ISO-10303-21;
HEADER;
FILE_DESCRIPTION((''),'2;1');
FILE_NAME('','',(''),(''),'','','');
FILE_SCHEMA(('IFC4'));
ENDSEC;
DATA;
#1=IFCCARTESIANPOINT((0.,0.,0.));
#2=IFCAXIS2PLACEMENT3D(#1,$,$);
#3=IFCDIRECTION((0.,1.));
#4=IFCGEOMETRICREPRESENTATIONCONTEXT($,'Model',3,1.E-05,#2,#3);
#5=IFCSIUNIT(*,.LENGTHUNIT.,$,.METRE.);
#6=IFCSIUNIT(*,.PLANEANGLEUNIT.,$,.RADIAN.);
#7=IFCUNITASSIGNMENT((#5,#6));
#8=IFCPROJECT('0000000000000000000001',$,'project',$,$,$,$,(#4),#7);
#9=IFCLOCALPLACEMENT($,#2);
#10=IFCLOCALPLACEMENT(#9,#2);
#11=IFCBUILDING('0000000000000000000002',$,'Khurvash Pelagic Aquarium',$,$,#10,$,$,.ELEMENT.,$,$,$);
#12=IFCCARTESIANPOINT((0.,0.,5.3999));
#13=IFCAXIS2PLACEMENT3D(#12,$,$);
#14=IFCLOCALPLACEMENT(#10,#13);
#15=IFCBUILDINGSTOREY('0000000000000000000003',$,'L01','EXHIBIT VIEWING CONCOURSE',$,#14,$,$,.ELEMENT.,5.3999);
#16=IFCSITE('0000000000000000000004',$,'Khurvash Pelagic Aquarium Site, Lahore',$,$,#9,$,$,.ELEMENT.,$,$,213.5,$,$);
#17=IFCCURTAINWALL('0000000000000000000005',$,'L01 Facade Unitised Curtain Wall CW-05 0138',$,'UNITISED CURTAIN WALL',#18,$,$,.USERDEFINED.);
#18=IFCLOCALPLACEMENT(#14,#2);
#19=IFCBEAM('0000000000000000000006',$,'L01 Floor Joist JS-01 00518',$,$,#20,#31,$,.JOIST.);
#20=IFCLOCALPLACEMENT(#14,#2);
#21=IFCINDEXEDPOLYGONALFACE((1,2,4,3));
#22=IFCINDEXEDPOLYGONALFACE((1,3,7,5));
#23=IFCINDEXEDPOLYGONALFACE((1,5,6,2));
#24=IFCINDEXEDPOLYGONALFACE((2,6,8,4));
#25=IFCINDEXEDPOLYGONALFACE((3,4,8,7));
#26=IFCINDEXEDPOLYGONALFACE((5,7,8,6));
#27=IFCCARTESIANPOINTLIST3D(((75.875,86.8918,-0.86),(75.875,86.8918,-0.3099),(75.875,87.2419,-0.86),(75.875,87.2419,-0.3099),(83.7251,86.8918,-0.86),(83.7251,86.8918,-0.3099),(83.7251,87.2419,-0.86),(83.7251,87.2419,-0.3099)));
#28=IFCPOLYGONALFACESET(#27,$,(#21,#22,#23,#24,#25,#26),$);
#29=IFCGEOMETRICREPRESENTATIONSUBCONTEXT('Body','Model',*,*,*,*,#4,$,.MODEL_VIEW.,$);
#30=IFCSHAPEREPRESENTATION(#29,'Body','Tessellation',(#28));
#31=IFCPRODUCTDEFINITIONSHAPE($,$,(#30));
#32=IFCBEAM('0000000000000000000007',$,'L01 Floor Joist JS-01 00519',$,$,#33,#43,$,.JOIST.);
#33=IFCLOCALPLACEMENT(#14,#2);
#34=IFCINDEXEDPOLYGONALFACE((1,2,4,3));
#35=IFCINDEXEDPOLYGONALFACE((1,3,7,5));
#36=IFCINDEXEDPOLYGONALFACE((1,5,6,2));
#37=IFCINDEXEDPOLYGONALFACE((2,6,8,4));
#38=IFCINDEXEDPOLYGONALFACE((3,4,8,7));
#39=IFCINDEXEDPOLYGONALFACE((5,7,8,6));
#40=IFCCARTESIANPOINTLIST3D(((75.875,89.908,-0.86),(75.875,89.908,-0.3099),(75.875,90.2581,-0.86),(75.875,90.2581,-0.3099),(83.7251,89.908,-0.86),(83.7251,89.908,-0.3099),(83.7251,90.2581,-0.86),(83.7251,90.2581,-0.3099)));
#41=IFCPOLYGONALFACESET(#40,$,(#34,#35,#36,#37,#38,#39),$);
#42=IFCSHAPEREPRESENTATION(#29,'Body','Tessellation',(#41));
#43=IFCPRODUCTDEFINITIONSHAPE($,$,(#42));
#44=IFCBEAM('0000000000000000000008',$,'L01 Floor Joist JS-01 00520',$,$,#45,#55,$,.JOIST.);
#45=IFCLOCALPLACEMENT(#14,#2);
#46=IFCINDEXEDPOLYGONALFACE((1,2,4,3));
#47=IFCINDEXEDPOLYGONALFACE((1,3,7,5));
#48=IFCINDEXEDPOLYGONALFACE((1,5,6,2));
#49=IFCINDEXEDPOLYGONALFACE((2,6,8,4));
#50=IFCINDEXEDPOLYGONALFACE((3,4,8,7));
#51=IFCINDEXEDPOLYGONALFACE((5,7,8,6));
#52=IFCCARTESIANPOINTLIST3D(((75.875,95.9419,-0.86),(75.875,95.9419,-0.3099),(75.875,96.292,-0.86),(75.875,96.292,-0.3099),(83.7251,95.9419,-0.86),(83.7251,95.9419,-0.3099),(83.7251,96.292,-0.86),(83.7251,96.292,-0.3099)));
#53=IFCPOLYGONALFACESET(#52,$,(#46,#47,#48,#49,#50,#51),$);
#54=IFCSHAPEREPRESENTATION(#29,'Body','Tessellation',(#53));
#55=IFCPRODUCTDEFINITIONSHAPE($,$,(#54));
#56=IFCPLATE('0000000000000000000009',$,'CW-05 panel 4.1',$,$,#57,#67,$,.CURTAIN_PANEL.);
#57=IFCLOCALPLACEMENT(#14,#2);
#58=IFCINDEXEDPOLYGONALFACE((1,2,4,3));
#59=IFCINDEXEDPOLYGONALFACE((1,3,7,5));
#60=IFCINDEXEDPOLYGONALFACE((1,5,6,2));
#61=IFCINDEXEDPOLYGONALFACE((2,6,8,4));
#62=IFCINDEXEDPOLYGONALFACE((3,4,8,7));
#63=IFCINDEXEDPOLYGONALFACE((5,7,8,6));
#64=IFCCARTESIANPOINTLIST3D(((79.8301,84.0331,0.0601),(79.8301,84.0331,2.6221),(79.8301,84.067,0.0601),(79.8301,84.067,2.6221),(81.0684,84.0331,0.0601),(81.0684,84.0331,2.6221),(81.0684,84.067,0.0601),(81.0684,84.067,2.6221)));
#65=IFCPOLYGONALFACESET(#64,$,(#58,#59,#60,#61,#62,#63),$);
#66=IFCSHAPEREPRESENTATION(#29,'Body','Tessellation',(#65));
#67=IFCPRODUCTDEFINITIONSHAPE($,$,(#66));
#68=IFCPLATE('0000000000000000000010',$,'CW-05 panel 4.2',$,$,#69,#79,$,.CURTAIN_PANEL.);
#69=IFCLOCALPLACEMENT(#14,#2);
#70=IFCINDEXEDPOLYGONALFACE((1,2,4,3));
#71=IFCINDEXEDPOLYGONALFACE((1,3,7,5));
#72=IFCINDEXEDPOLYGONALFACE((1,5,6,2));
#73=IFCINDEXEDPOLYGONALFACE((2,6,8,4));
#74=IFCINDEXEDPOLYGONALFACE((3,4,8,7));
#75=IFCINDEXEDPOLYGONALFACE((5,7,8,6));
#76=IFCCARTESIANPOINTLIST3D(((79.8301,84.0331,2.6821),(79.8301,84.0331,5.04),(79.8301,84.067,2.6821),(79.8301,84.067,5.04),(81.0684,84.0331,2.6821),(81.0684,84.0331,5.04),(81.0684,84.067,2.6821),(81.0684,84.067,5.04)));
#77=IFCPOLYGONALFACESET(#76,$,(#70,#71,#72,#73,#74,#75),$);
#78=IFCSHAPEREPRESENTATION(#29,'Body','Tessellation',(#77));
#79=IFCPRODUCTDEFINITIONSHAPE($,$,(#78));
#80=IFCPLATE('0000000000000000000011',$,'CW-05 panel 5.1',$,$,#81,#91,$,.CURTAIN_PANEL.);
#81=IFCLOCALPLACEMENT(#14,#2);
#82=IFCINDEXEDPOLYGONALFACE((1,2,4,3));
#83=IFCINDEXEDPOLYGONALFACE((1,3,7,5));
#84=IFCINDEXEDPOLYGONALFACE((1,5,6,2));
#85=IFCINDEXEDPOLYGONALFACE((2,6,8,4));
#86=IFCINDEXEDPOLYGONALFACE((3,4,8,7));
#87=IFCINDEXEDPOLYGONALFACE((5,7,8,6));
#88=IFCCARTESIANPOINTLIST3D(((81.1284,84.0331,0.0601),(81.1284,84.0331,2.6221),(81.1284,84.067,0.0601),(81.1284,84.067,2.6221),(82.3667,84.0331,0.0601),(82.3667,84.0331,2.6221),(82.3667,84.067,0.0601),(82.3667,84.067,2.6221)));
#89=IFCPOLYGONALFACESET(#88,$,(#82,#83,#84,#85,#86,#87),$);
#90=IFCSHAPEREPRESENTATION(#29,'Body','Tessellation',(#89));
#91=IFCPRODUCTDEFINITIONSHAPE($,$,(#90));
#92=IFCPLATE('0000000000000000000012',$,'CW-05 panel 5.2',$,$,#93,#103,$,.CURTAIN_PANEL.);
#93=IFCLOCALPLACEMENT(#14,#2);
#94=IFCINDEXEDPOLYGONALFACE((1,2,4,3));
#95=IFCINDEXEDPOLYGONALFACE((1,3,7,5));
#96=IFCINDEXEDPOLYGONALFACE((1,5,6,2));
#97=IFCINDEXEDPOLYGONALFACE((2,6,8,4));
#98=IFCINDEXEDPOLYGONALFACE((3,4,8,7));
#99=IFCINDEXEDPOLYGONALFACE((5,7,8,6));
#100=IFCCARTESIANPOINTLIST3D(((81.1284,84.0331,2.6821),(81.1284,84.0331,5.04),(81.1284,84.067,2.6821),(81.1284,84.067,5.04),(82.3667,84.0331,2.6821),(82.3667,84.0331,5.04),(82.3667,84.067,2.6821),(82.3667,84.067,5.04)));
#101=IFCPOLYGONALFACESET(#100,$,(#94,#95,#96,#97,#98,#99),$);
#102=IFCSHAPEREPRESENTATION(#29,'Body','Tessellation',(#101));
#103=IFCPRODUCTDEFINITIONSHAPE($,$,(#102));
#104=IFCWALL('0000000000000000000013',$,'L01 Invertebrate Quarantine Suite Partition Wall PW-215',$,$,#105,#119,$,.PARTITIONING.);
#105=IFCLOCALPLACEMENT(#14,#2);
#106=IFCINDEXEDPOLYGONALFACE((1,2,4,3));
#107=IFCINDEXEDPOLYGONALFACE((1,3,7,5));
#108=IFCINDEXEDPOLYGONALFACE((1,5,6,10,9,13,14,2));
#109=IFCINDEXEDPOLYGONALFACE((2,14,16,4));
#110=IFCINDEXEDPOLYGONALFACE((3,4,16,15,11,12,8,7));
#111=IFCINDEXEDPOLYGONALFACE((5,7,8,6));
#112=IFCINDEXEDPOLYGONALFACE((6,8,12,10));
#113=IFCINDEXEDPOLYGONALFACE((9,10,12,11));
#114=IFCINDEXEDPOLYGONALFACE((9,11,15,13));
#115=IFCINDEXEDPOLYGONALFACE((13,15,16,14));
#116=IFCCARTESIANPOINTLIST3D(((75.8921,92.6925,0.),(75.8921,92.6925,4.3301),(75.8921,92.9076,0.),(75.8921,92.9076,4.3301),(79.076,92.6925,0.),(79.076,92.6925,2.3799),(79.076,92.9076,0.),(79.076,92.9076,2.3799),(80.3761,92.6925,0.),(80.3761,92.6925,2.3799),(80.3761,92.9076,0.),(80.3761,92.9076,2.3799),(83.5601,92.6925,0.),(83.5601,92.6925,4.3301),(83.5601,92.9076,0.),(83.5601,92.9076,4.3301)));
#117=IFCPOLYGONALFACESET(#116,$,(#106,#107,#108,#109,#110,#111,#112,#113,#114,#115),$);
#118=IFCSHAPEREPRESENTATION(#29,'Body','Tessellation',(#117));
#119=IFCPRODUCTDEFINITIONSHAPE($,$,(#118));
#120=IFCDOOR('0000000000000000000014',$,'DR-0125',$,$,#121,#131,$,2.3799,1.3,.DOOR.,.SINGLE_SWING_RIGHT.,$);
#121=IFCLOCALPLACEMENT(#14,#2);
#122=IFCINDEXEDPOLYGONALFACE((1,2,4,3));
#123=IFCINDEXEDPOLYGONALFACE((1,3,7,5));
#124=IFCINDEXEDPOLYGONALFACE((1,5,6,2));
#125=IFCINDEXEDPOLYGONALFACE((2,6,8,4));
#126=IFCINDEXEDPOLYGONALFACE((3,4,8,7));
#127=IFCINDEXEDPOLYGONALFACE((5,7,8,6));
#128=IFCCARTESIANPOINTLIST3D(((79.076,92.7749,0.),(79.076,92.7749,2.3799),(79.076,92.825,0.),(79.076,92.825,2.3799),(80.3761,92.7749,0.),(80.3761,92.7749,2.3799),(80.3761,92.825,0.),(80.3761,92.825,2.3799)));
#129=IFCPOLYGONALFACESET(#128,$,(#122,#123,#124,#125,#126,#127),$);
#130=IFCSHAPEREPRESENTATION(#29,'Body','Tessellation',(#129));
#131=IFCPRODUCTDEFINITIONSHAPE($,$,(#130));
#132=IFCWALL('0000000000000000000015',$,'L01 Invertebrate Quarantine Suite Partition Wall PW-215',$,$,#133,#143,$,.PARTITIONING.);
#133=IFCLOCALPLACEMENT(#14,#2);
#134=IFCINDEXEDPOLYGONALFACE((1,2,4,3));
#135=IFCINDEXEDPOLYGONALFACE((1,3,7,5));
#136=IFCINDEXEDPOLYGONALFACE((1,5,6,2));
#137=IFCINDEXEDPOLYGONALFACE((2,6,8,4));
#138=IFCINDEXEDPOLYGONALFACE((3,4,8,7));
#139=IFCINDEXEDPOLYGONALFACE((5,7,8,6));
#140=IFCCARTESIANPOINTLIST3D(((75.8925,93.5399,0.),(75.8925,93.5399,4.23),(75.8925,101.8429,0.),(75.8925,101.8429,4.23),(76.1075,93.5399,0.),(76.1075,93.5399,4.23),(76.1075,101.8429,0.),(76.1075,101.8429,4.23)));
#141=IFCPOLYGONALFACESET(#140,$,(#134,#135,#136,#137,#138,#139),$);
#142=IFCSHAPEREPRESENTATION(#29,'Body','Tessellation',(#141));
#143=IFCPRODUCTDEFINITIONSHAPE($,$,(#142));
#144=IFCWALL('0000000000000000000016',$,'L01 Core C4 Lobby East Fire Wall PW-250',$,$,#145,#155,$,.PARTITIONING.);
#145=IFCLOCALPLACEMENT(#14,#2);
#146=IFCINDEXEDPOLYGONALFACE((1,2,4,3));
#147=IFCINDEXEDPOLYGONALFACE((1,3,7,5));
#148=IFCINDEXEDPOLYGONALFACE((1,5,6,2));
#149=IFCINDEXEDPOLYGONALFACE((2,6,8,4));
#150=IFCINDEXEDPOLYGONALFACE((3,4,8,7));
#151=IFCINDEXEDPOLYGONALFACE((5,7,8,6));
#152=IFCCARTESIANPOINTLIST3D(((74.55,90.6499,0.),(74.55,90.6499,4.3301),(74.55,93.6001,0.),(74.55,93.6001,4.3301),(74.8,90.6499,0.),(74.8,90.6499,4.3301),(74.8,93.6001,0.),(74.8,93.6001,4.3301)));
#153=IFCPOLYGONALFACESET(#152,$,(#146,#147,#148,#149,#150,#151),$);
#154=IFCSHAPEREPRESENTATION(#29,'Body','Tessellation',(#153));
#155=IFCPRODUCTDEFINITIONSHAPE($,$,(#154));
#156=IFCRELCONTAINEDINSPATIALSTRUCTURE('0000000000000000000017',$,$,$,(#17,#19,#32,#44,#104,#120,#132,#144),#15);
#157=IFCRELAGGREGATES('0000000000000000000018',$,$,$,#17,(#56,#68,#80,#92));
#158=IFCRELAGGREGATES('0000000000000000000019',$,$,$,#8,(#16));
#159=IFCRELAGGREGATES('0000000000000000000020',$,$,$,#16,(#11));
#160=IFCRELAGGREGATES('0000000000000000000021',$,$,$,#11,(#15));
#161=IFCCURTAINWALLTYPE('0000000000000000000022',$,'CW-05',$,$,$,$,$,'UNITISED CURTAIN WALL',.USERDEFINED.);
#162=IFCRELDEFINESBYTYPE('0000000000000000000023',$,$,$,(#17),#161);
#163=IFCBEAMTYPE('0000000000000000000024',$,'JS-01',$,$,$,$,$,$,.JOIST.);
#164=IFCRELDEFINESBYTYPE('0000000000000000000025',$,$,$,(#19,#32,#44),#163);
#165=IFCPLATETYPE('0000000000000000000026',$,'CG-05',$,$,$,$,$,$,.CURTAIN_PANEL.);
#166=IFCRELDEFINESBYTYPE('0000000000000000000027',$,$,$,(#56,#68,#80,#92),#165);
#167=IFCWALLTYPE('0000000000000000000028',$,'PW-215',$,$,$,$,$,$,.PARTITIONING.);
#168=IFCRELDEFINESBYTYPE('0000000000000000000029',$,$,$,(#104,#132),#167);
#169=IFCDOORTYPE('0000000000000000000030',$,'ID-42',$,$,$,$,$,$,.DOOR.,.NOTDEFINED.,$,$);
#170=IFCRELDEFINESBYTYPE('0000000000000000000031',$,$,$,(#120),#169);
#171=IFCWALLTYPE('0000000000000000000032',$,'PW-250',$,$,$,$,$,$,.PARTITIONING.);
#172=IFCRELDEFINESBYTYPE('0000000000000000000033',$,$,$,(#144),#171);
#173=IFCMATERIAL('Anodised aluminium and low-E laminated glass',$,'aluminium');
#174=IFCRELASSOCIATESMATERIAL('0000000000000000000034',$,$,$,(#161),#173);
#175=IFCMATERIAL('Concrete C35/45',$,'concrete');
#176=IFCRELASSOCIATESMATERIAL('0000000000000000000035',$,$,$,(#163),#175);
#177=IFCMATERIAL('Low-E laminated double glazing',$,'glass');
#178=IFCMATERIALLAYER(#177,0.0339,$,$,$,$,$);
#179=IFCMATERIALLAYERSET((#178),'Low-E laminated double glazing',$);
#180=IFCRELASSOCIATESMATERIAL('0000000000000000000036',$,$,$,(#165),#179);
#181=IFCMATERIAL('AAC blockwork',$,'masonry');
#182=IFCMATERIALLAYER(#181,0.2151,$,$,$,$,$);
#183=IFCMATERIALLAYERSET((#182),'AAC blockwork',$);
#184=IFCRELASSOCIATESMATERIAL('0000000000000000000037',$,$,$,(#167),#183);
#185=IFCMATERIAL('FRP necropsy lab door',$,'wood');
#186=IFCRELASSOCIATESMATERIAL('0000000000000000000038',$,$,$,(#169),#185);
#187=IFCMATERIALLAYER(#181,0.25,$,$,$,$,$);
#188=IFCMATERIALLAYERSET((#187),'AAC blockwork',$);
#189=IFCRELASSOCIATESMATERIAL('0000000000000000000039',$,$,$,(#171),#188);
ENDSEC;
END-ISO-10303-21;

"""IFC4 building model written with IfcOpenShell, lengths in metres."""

from ifc_helpers import new_model, si_unit, direction, frame, frame_2d, origin, origin_2d, place, context, subcontext, project, spatial, rectangle, extrude, material, layer, layer_set, material_profile, profile_set, type_object, element, fill, aggregate, save


model = new_model("IFC4")

# Units and contexts
model_context = context("Model", 3, precision=1e-05, world=origin(), true_north=direction((0.0, 1.0)))
body_context = subcontext(model_context, "Body", "Model", "MODEL_VIEW")
ifc_project = project(units=[si_unit("LENGTHUNIT", "METRE"), si_unit("PLANEANGLEUNIT", "RADIAN")], contexts=[model_context])

# Site, building, storey
site_placement = place(None, origin())
site = spatial("IfcSite", under=ifc_project, at=site_placement, Name="Khurvash Pelagic Aquarium Site, Lahore", CompositionType="ELEMENT", RefElevation=213.5)
building_placement = place(site_placement, origin())
building = spatial("IfcBuilding", under=site, at=building_placement, Name="Khurvash Pelagic Aquarium", CompositionType="ELEMENT")
storey_placement = place(building_placement, frame((0.0, 0.0, 5.3999)))
storey = spatial("IfcBuildingStorey", under=building, at=storey_placement, Name="L01", Description="EXHIBIT VIEWING CONCOURSE", CompositionType="ELEMENT", Elevation=5.3999)

# Curtain wall
ifc_material_1 = material(Name="Anodised aluminium and low-E laminated glass", Category="aluminium")
curtain_wall_type = type_object("IfcCurtainWallType", Name="CW-05", ElementType="UNITISED CURTAIN WALL", PredefinedType="USERDEFINED", material=ifc_material_1)
curtain_wall_placement = place(storey_placement, origin())
curtain_wall = element("IfcCurtainWall", 1, at=curtain_wall_placement, inside=storey, type_object=curtain_wall_type, Name="L01 Facade Unitised Curtain Wall CW-05 0138", ObjectType="UNITISED CURTAIN WALL", PredefinedType="USERDEFINED")

# Beams
ifc_material_2 = material(Name="Concrete C35/45", Category="concrete")
ifc_material_profile_1 = material_profile(ifc_material_2, rectangle(XDim=0.3501, YDim=0.55, at=origin_2d()), Name="RC350X550")
ifc_profile_set_1 = profile_set([ifc_material_profile_1], Name="Concrete C35/45")
beam_type_1 = type_object("IfcBeamType", Name="JS-01", PredefinedType="JOIST", material=ifc_profile_set_1)
for number, where, z_axis, x_axis, name in (
    (2, (75.875, 87.0669, -0.585), (1.0, 0.0, 0.0), (0.0, 1.0, 0.0), "L01 Floor Joist JS-01 00518"),
    (3, (75.875, 90.083, -0.585), (1.0, 0.0, 0.0), (0.0, 1.0, 0.0), "L01 Floor Joist JS-01 00519"),
    (4, (75.875, 96.1169, -0.585), (1.0, 0.0, 0.0), (0.0, 1.0, 0.0), "L01 Floor Joist JS-01 00520"),
):
    element("IfcBeam", number, at=place(storey_placement, frame(where, z_axis=z_axis, x_axis=x_axis)), inside=storey, type_object=beam_type_1, Name=name, PredefinedType="JOIST", context=body_context, shape_type="SweptSolid", body=[
        extrude(rectangle(XDim=0.3501, YDim=0.55, at=origin_2d()), origin(), (0.0, 0.0, 1.0), 7.8501),
    ])

# Plates
ifc_material_3 = material(Name="Low-E laminated double glazing", Category="glass")
ifc_layer_1 = layer(ifc_material_3, 0.0339)
ifc_layer_set_1 = layer_set([ifc_layer_1], Name="Low-E laminated double glazing")
plate_type = type_object("IfcPlateType", Name="CG-05", PredefinedType="CURTAIN_PANEL", material=ifc_layer_set_1)
plate_1_placement = place(storey_placement, frame((80.4492, 84.05, 0.0601), z_axis=(0.0, 0.0, 1.0), x_axis=(1.0, 0.0, 0.0)))
plate_1 = element("IfcPlate", 5, at=plate_1_placement, type_object=plate_type, Name="CW-05 panel 4.1", PredefinedType="CURTAIN_PANEL", context=body_context, shape_type="SweptSolid", body=[
    extrude(rectangle(XDim=1.2383, YDim=0.0339, at=origin_2d()), origin(), (0.0, 0.0, 1.0), 2.562),
])
plate_2_placement = place(storey_placement, frame((80.4492, 84.05, 2.6821), z_axis=(0.0, 0.0, 1.0), x_axis=(1.0, 0.0, 0.0)))
plate_2 = element("IfcPlate", 6, at=plate_2_placement, type_object=plate_type, Name="CW-05 panel 4.2", PredefinedType="CURTAIN_PANEL", context=body_context, shape_type="SweptSolid", body=[
    extrude(rectangle(XDim=1.2383, YDim=0.0339, at=origin_2d()), origin(), (0.0, 0.0, 1.0), 2.3579),
])
plate_3_placement = place(storey_placement, frame((81.7476, 84.05, 0.0601), z_axis=(0.0, 0.0, 1.0), x_axis=(1.0, 0.0, 0.0)))
plate_3 = element("IfcPlate", 7, at=plate_3_placement, type_object=plate_type, Name="CW-05 panel 5.1", PredefinedType="CURTAIN_PANEL", context=body_context, shape_type="SweptSolid", body=[
    extrude(rectangle(XDim=1.2383, YDim=0.0339, at=origin_2d()), origin(), (0.0, 0.0, 1.0), 2.562),
])
plate_4_placement = place(storey_placement, frame((81.7476, 84.05, 2.6821), z_axis=(0.0, 0.0, 1.0), x_axis=(1.0, 0.0, 0.0)))
plate_4 = element("IfcPlate", 8, at=plate_4_placement, type_object=plate_type, Name="CW-05 panel 5.2", PredefinedType="CURTAIN_PANEL", context=body_context, shape_type="SweptSolid", body=[
    extrude(rectangle(XDim=1.2383, YDim=0.0339, at=origin_2d()), origin(), (0.0, 0.0, 1.0), 2.3579),
])
aggregate(curtain_wall, [plate_1, plate_2, plate_3, plate_4])

# Wall, opening, door
ifc_material_4 = material(Name="AAC blockwork", Category="masonry")
ifc_layer_2 = layer(ifc_material_4, 0.2151)
ifc_layer_set_2 = layer_set([ifc_layer_2], Name="AAC blockwork")
wall_type_1 = type_object("IfcWallType", Name="PW-215", PredefinedType="PARTITIONING", material=ifc_layer_set_2)
wall_1_placement = place(storey_placement, frame((75.8921, 92.8, 0.0), z_axis=(0.0, 0.0, 1.0), x_axis=(1.0, 0.0, 0.0)))
wall_1 = element("IfcWall", 9, at=wall_1_placement, inside=storey, type_object=wall_type_1, Name="L01 Invertebrate Quarantine Suite Partition Wall PW-215", PredefinedType="PARTITIONING", context=body_context, shape_type="SweptSolid", body=[
    extrude(rectangle(XDim=7.668, YDim=0.2151, at=frame_2d((3.834, 0.0))), origin(), (0.0, 0.0, 1.0), 4.3301),
])
opening_placement = place(wall_1_placement, frame((3.1841, 0.0, 0.0)))
opening = element("IfcOpeningElement", 10, at=opening_placement, cuts=wall_1, PredefinedType="OPENING", context=body_context, shape_type="SweptSolid", body=[
    extrude(rectangle(XDim=1.3, YDim=2.3799, at=frame_2d((0.6499, 1.1899))), frame((0.0, 0.1177, 0.0), z_axis=(0.0, -1.0, 0.0), x_axis=(1.0, 0.0, 0.0)), (0.0, 0.0, 1.0), 0.2351),
])
ifc_material_5 = material(Name="FRP necropsy lab door", Category="wood")
door_type = type_object("IfcDoorType", Name="ID-42", OperationType="NOTDEFINED", PredefinedType="DOOR", material=ifc_material_5)
door_placement = place(opening_placement, origin())
door = element("IfcDoor", 11, at=door_placement, inside=storey, type_object=door_type, Name="DR-0125", OperationType="SINGLE_SWING_RIGHT", OverallHeight=2.3799, OverallWidth=1.3, PredefinedType="DOOR", context=body_context, shape_type="SweptSolid", body=[
    extrude(rectangle(XDim=1.3, YDim=2.3799, at=frame_2d((0.6499, 1.1899))), frame((0.0, 0.0249, 0.0), z_axis=(0.0, -1.0, 0.0), x_axis=(1.0, 0.0, 0.0)), (0.0, 0.0, 1.0), 0.05),
])
fill(opening, door)

# Walls
wall_2_placement = place(storey_placement, frame((76.0, 93.54, 0.0), z_axis=(0.0, 0.0, 1.0), x_axis=(0.0, 1.0, 0.0)))
element("IfcWall", 12, at=wall_2_placement, inside=storey, type_object=wall_type_1, Name="L01 Invertebrate Quarantine Suite Partition Wall PW-215", PredefinedType="PARTITIONING", context=body_context, shape_type="SweptSolid", body=[
    extrude(rectangle(XDim=8.303, YDim=0.2151, at=frame_2d((4.1514, 0.0))), origin(), (0.0, 0.0, 1.0), 4.23),
])
ifc_layer_3 = layer(ifc_material_4, 0.25)
ifc_layer_set_3 = layer_set([ifc_layer_3], Name="AAC blockwork")
wall_type_2 = type_object("IfcWallType", Name="PW-250", PredefinedType="PARTITIONING", material=ifc_layer_set_3)
wall_3_placement = place(storey_placement, frame((74.675, 90.6499, 0.0), z_axis=(0.0, 0.0, 1.0), x_axis=(0.0, 1.0, 0.0)))
element("IfcWall", 13, at=wall_3_placement, inside=storey, type_object=wall_type_2, Name="L01 Core C4 Lobby East Fire Wall PW-250", PredefinedType="PARTITIONING", context=body_context, shape_type="SweptSolid", body=[
    extrude(rectangle(XDim=2.9502, YDim=0.25, at=frame_2d((1.4751, 0.0))), origin(), (0.0, 0.0, 1.0), 4.3301),
])

save(model, "model.ifc")
